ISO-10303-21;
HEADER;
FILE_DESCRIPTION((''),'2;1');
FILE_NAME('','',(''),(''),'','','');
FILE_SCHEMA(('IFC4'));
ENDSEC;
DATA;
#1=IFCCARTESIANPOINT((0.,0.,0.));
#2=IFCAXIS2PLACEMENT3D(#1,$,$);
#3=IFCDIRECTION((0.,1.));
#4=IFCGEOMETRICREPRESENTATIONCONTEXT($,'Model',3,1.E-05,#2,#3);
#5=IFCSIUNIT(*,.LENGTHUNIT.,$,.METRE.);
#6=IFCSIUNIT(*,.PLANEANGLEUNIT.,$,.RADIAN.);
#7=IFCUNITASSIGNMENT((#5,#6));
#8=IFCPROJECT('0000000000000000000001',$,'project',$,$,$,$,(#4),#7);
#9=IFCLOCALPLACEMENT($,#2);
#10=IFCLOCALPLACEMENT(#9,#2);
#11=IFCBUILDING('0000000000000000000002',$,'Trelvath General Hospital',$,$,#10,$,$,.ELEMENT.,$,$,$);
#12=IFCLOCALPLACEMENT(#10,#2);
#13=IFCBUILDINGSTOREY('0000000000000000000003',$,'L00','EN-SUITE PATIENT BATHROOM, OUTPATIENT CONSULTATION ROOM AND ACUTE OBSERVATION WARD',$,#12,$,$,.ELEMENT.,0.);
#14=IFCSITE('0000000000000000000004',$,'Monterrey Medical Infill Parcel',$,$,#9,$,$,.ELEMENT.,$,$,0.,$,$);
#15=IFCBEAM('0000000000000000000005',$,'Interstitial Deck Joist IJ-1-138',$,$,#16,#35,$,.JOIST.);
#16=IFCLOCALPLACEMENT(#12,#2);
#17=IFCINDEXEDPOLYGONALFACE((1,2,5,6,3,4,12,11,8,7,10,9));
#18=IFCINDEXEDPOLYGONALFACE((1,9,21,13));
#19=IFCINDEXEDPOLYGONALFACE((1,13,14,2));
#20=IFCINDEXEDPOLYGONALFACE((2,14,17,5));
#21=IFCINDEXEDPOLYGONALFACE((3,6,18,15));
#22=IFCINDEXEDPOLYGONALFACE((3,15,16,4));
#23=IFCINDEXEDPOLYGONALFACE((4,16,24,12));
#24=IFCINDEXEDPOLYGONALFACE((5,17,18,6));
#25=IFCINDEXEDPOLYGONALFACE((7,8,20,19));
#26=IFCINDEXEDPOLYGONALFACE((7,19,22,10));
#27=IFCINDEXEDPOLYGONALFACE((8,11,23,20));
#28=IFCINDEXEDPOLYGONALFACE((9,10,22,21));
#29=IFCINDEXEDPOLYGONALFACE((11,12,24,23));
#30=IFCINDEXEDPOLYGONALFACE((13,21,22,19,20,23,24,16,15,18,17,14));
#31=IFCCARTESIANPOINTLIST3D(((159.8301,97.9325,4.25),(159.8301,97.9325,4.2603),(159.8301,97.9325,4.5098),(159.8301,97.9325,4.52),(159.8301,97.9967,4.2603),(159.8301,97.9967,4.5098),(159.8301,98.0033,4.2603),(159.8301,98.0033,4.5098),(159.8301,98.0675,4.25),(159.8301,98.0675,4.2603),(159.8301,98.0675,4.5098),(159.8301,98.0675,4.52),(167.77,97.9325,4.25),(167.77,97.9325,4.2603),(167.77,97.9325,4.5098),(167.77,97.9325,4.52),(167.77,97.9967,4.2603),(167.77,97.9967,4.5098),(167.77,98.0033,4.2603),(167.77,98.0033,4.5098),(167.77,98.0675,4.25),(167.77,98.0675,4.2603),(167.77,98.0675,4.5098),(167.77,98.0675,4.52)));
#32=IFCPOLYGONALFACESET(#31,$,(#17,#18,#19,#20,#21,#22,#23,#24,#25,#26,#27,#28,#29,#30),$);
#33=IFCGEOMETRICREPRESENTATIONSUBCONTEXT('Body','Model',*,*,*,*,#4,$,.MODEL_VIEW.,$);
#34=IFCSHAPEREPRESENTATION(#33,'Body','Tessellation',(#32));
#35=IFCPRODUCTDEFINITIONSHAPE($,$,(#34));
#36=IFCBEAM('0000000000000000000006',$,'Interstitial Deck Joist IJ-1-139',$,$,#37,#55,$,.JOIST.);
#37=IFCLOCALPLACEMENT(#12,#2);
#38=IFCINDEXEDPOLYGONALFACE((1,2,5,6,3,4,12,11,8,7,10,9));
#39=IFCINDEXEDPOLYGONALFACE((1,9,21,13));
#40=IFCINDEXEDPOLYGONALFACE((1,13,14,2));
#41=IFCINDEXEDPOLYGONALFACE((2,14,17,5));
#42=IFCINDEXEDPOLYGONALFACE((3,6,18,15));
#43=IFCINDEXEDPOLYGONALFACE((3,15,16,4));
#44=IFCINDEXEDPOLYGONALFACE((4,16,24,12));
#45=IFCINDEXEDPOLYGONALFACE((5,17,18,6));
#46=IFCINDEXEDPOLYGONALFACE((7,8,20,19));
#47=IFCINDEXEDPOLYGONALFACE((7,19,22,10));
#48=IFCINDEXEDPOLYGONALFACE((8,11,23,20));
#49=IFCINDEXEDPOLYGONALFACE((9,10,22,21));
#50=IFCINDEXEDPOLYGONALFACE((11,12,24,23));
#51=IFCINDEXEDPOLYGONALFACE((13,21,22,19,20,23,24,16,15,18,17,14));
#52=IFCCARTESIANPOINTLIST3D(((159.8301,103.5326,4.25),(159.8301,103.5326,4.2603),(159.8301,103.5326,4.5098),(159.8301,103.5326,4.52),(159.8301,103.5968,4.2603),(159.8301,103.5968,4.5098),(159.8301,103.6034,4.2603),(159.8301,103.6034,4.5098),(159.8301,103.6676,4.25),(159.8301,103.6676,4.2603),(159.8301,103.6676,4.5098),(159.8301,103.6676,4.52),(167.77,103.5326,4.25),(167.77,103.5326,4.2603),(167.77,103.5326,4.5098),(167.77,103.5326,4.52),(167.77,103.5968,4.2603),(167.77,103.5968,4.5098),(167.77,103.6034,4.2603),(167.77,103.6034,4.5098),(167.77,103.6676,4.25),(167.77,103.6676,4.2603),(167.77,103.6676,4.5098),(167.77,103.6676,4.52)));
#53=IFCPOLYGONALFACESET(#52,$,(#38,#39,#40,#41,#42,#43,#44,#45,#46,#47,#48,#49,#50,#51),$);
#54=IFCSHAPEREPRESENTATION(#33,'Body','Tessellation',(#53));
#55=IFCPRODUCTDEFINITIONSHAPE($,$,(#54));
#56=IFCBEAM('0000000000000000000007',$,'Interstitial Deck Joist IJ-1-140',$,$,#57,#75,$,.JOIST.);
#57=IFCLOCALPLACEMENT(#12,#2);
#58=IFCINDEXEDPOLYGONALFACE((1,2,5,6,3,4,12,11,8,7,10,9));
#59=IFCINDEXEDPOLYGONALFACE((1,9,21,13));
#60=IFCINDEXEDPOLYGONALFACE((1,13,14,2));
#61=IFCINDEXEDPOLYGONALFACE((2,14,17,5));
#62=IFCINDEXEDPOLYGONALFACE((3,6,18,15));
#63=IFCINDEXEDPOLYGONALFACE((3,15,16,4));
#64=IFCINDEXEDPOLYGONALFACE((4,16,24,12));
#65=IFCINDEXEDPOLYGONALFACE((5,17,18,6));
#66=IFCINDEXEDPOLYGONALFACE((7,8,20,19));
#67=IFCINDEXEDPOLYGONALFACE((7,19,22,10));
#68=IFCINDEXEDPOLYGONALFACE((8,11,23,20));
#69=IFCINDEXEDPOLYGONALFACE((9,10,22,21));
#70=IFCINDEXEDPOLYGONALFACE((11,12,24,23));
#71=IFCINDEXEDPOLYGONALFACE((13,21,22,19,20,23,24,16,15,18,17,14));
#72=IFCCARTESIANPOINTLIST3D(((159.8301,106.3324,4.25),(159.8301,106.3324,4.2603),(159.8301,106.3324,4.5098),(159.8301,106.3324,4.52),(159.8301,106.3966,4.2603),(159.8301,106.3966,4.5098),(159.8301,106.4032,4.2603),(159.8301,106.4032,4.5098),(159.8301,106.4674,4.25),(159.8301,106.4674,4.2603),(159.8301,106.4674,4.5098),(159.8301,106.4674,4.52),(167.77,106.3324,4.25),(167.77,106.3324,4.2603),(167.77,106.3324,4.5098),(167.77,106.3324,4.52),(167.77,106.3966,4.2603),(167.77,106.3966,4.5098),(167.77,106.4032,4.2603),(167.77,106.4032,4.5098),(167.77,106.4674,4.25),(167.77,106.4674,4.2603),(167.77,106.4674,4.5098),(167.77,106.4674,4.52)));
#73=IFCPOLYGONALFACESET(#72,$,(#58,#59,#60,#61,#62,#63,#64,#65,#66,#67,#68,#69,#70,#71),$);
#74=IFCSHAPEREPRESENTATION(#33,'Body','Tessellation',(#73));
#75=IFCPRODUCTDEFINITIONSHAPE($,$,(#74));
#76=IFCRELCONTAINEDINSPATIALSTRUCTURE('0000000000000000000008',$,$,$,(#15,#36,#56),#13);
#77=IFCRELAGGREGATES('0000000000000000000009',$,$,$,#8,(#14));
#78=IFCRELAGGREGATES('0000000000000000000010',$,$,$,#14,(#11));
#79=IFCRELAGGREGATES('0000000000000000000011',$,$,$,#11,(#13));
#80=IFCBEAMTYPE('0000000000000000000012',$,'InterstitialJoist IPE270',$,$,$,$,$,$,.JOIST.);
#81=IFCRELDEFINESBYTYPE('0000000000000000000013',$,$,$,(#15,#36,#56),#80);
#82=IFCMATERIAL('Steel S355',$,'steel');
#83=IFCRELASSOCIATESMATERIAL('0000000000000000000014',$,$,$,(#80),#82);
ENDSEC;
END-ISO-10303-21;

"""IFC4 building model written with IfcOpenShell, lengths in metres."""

from ifc_helpers import new_model, si_unit, direction, frame, origin, origin_2d, place, context, subcontext, project, spatial, i_section, extrude, material, material_profile, profile_set, type_object, element, save


model = new_model("IFC4")

# Units and contexts
model_context = context("Model", 3, precision=1e-05, world=origin(), true_north=direction((0.0, 1.0)))
body_context = subcontext(model_context, "Body", "Model", "MODEL_VIEW")
ifc_project = project(units=[si_unit("LENGTHUNIT", "METRE"), si_unit("PLANEANGLEUNIT", "RADIAN")], contexts=[model_context])

# Site, building, storey
site_placement = place(None, origin())
site = spatial("IfcSite", under=ifc_project, at=site_placement, Name="Monterrey Medical Infill Parcel", CompositionType="ELEMENT", RefElevation=0.0)
building_placement = place(site_placement, origin())
building = spatial("IfcBuilding", under=site, at=building_placement, Name="Trelvath General Hospital", CompositionType="ELEMENT")
storey_placement = place(building_placement, origin())
storey = spatial("IfcBuildingStorey", under=building, at=storey_placement, Name="L00", Description="EN-SUITE PATIENT BATHROOM, OUTPATIENT CONSULTATION ROOM AND ACUTE OBSERVATION WARD", CompositionType="ELEMENT", Elevation=0.0)

# Beams
ifc_material_1 = material(Name="Steel S355", Category="steel")
ifc_material_profile_1 = material_profile(ifc_material_1, i_section(OverallWidth=0.135, OverallDepth=0.27, WebThickness=0.0066, FlangeThickness=0.0103, at=origin_2d()), Name="IPE270")
ifc_profile_set_1 = profile_set([ifc_material_profile_1], Name="Steel S355")
beam_type_1 = type_object("IfcBeamType", Name="InterstitialJoist IPE270", PredefinedType="JOIST", material=ifc_profile_set_1)
for number, where, z_axis, x_axis, name in (
    (1, (159.8301, 98.0, 4.385), (1.0, 0.0, 0.0), (0.0, 1.0, 0.0), "Interstitial Deck Joist IJ-1-138"),
    (2, (159.8301, 103.6001, 4.385), (1.0, 0.0, 0.0), (0.0, 1.0, 0.0), "Interstitial Deck Joist IJ-1-139"),
    (3, (159.8301, 106.3999, 4.385), (1.0, 0.0, 0.0), (0.0, 1.0, 0.0), "Interstitial Deck Joist IJ-1-140"),
):
    element("IfcBeam", number, at=place(storey_placement, frame(where, z_axis=z_axis, x_axis=x_axis)), inside=storey, type_object=beam_type_1, Name=name, PredefinedType="JOIST", context=body_context, shape_type="SweptSolid", body=[
        extrude(i_section(OverallWidth=0.135, OverallDepth=0.27, WebThickness=0.0066, FlangeThickness=0.0103, at=origin_2d()), origin(), (0.0, 0.0, 1.0), 7.9399),
    ])

save(model, "model.ifc")
